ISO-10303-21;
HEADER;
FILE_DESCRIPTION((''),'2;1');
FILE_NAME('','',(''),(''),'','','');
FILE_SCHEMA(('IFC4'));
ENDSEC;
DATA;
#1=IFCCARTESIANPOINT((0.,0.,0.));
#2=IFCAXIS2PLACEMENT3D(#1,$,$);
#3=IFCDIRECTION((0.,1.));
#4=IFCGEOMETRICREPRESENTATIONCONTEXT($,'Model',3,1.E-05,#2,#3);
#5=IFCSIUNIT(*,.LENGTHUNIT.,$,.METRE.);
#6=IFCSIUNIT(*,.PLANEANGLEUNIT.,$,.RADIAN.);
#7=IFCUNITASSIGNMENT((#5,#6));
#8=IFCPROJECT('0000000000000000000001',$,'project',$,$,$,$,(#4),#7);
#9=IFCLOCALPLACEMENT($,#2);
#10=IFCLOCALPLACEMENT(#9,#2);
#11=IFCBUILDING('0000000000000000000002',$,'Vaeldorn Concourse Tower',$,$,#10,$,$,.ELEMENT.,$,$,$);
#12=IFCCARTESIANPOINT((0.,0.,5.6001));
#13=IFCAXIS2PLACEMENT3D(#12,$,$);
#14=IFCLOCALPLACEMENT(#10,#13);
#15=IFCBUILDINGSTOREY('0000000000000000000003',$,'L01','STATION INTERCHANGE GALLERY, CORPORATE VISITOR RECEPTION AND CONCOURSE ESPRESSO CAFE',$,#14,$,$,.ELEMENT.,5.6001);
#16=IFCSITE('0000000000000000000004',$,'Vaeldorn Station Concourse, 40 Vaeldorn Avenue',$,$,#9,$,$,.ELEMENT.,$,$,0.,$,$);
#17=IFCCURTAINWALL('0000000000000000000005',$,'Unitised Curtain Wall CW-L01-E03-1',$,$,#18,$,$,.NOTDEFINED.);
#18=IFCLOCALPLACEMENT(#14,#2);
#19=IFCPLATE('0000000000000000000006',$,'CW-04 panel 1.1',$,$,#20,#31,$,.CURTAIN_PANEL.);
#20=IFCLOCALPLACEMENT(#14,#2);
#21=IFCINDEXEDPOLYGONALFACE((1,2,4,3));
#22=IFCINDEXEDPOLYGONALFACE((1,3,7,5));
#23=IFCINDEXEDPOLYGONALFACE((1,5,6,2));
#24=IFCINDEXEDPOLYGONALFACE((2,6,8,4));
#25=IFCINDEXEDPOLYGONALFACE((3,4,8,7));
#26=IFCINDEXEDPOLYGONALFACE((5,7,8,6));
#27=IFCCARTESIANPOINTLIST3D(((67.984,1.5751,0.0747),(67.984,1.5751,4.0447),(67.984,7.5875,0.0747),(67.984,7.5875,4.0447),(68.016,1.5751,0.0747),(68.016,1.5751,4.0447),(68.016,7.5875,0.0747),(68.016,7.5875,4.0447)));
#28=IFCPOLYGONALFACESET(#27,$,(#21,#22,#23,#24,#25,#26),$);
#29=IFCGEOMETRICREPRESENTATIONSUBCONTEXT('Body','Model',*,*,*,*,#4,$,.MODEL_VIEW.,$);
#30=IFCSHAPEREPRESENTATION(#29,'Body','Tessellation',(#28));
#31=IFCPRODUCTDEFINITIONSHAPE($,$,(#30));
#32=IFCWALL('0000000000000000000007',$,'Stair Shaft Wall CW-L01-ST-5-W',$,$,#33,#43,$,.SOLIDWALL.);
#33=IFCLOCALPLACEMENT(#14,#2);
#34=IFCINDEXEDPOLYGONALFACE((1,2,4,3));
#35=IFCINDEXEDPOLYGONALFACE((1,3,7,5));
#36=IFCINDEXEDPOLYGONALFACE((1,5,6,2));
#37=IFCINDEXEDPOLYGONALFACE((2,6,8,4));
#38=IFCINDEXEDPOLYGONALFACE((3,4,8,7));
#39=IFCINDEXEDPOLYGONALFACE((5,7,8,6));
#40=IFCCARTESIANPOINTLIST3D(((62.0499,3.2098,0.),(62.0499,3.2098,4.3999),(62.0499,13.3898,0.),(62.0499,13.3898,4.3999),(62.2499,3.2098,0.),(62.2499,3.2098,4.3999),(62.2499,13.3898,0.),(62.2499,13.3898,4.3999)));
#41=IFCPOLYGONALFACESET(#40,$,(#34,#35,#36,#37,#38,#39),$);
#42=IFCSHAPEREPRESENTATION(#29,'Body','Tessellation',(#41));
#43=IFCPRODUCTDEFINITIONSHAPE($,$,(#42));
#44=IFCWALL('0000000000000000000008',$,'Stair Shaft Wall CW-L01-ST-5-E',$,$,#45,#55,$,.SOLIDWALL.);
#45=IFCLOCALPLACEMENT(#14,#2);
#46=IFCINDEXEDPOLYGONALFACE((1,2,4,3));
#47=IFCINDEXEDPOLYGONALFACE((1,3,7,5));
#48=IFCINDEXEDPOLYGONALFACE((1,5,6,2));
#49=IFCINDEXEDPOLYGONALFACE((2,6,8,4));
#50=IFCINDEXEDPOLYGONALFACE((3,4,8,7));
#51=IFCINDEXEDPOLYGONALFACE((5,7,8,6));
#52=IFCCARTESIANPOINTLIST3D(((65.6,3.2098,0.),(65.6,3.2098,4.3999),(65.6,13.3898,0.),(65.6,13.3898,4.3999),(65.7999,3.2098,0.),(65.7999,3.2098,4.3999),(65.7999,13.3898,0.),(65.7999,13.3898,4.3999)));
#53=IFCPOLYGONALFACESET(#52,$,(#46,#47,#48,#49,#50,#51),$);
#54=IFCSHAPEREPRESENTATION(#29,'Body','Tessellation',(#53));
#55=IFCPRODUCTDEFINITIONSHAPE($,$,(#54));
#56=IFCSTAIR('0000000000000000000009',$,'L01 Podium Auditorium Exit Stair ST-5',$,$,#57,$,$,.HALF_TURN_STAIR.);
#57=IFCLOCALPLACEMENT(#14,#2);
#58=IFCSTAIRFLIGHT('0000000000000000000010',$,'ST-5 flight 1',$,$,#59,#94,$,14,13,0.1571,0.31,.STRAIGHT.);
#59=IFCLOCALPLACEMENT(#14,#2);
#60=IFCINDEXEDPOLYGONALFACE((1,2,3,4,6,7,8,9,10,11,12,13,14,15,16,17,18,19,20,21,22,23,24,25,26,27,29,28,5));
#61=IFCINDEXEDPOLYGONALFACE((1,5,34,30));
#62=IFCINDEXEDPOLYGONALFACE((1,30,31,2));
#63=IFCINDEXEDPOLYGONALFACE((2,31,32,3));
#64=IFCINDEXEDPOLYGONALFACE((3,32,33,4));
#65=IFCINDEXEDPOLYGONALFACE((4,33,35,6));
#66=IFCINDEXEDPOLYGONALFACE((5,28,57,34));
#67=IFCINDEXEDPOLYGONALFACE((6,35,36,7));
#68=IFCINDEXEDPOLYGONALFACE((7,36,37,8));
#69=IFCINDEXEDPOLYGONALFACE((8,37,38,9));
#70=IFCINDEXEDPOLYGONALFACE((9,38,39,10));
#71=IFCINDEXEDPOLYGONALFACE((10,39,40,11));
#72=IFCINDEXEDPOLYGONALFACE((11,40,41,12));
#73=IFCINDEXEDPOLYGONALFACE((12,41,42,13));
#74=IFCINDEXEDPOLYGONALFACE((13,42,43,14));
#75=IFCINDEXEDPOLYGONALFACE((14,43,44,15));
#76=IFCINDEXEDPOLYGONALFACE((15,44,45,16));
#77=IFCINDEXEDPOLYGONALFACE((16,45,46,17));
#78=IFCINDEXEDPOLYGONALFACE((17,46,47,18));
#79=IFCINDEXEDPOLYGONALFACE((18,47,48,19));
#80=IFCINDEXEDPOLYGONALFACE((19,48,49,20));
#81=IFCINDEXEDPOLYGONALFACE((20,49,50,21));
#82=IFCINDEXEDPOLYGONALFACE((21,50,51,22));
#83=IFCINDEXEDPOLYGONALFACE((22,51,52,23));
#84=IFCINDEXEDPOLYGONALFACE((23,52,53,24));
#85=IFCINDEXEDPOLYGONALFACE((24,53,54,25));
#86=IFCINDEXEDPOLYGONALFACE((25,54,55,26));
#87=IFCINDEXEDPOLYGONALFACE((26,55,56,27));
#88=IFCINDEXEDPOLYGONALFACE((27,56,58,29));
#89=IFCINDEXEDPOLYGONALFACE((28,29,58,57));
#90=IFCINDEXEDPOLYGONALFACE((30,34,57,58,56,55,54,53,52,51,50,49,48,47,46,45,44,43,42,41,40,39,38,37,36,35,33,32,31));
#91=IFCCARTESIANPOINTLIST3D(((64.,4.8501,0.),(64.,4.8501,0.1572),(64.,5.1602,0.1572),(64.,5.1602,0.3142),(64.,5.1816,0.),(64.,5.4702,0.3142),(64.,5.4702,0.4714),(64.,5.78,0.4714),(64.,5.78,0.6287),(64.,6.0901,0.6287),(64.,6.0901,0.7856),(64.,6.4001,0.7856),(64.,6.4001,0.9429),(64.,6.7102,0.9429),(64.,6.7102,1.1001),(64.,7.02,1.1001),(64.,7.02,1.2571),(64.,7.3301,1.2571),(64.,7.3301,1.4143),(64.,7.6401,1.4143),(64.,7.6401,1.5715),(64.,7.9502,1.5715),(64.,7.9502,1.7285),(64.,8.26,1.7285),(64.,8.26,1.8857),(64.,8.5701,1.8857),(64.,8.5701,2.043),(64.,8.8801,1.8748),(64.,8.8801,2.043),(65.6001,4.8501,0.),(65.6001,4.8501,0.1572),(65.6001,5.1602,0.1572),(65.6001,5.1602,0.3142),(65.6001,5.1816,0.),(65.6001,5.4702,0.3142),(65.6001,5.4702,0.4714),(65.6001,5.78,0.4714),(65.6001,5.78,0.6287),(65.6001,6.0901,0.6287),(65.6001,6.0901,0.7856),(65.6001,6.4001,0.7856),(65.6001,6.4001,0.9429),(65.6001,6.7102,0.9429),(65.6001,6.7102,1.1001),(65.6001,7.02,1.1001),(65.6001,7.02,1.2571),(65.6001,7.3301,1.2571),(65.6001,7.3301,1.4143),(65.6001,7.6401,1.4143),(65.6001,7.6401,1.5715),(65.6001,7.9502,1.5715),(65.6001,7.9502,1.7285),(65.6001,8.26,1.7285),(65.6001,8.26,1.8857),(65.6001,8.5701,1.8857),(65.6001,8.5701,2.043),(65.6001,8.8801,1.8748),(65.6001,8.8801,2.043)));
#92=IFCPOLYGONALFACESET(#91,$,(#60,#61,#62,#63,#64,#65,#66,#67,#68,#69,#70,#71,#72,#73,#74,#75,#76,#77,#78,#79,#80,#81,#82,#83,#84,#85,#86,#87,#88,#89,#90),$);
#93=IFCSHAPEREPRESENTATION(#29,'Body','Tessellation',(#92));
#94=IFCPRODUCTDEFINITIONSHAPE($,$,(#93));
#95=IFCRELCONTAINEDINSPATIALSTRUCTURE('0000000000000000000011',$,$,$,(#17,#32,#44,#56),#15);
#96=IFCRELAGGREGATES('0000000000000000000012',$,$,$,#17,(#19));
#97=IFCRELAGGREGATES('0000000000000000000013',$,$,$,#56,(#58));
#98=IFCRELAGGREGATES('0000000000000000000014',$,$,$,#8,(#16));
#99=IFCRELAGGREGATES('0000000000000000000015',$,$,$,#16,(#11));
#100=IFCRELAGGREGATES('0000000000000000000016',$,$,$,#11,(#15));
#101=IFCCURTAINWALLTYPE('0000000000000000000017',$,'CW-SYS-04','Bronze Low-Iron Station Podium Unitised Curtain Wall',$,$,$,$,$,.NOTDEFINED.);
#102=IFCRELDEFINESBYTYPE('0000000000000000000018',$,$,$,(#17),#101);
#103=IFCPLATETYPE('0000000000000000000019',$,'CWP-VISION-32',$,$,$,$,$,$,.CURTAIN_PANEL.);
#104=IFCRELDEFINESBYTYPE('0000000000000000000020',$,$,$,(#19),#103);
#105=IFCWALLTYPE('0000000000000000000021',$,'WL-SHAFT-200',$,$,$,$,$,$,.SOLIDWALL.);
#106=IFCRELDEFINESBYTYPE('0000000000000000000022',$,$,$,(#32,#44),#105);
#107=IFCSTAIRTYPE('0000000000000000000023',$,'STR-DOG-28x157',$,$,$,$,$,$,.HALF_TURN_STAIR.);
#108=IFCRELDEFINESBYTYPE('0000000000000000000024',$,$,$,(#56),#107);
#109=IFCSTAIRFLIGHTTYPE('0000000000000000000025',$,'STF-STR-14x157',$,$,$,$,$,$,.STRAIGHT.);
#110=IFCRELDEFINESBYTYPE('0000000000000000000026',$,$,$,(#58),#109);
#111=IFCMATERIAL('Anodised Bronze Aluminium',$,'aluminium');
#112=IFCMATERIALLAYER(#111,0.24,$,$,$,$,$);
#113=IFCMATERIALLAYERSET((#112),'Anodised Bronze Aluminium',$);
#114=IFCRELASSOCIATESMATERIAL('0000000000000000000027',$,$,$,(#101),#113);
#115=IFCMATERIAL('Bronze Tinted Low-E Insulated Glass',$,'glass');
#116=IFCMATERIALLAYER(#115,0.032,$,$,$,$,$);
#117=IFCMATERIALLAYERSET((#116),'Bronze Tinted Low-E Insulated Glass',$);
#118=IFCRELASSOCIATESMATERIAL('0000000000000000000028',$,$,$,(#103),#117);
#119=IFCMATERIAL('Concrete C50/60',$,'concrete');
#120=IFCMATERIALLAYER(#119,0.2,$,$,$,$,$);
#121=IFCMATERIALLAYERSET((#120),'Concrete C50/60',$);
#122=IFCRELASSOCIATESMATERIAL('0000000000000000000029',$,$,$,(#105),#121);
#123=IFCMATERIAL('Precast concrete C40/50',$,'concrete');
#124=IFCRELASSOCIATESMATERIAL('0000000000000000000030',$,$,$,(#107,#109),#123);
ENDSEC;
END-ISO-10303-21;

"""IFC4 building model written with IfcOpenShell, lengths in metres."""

from ifc_helpers import new_model, si_unit, direction, frame, frame_2d, origin, origin_2d, place, context, subcontext, project, spatial, polyline, rectangle, outline, extrude, source, transform, mapped, material, layer, layer_set, type_object, element, aggregate, save


model = new_model("IFC4")

# Units and contexts
model_context = context("Model", 3, precision=1e-05, world=origin(), true_north=direction((0.0, 1.0)))
body_context = subcontext(model_context, "Body", "Model", "MODEL_VIEW")
ifc_project = project(units=[si_unit("LENGTHUNIT", "METRE"), si_unit("PLANEANGLEUNIT", "RADIAN")], contexts=[model_context])

# Site, building, storey
site_placement = place(None, origin())
site = spatial("IfcSite", under=ifc_project, at=site_placement, Name="Vaeldorn Station Concourse, 40 Vaeldorn Avenue", CompositionType="ELEMENT", RefElevation=0.0)
building_placement = place(site_placement, origin())
building = spatial("IfcBuilding", under=site, at=building_placement, Name="Vaeldorn Concourse Tower", CompositionType="ELEMENT")
storey_placement = place(building_placement, frame((0.0, 0.0, 5.6001)))
storey = spatial("IfcBuildingStorey", under=building, at=storey_placement, Name="L01", Description="STATION INTERCHANGE GALLERY, CORPORATE VISITOR RECEPTION AND CONCOURSE ESPRESSO CAFE", CompositionType="ELEMENT", Elevation=5.6001)

# Curtain wall
ifc_material_1 = material(Name="Anodised Bronze Aluminium", Category="aluminium")
ifc_layer_1 = layer(ifc_material_1, 0.24)
ifc_layer_set_1 = layer_set([ifc_layer_1], Name="Anodised Bronze Aluminium")
curtain_wall_type = type_object("IfcCurtainWallType", Name="CW-SYS-04", Description="Bronze Low-Iron Station Podium Unitised Curtain Wall", PredefinedType="NOTDEFINED", material=ifc_layer_set_1)
curtain_wall_1_placement = place(storey_placement, origin())
curtain_wall_1 = element("IfcCurtainWall", 1, at=curtain_wall_1_placement, inside=storey, type_object=curtain_wall_type, Name="Unitised Curtain Wall CW-L01-E03-1", PredefinedType="NOTDEFINED")

# Plate
ifc_material_2 = material(Name="Bronze Tinted Low-E Insulated Glass", Category="glass")
ifc_layer_2 = layer(ifc_material_2, 0.032)
ifc_layer_set_2 = layer_set([ifc_layer_2], Name="Bronze Tinted Low-E Insulated Glass")
plate_type = type_object("IfcPlateType", Name="CWP-VISION-32", PredefinedType="CURTAIN_PANEL", material=ifc_layer_set_2)
shared_shape_1 = source(origin(), body_context, "Body", "SweptSolid", [
    extrude(rectangle(XDim=6.0125, YDim=0.032, at=origin_2d()), origin(), (0.0, 0.0, 1.0), 3.97),
])
plate_1_placement = place(storey_placement, frame((68.0, 4.5813, 0.0747), z_axis=(0.0, 0.0, 1.0), x_axis=(0.0, 1.0, 0.0)))
plate_1 = element("IfcPlate", 2, at=plate_1_placement, type_object=plate_type, Name="CW-04 panel 1.1", PredefinedType="CURTAIN_PANEL", context=body_context, shape_type="MappedRepresentation", body=[
    mapped(shared_shape_1, transform((0.0, 0.0, 0.0), scale=1.0)),
])
aggregate(curtain_wall_1, [plate_1])

# Shared definitions
ifc_material_3 = material(Name="Concrete C50/60", Category="concrete")
ifc_layer_3 = layer(ifc_material_3, 0.2)
ifc_layer_set_3 = layer_set([ifc_layer_3], Name="Concrete C50/60")
wall_type = type_object("IfcWallType", Name="WL-SHAFT-200", PredefinedType="SOLIDWALL", material=ifc_layer_set_3)

# Walls
for number, where, z_axis, x_axis, name in (
    (3, (62.1499, 3.21, 0.0), (0.0, 0.0, 1.0), (0.0, 1.0, 0.0), "Stair Shaft Wall CW-L01-ST-5-W"),
    (4, (65.7, 3.21, 0.0), (0.0, 0.0, 1.0), (0.0, 1.0, 0.0), "Stair Shaft Wall CW-L01-ST-5-E"),
):
    element("IfcWall", number, at=place(storey_placement, frame(where, z_axis=z_axis, x_axis=x_axis)), inside=storey, type_object=wall_type, Name=name, PredefinedType="SOLIDWALL", context=body_context, shape_type="SweptSolid", body=[
        extrude(rectangle(XDim=10.1799, YDim=0.2, at=frame_2d((5.0898, 0.0))), origin(), (0.0, 0.0, 1.0), 4.3999),
    ])

# Stair, stair flight
ifc_material_4 = material(Name="Precast concrete C40/50", Category="concrete")
stair_type = type_object("IfcStairType", Name="STR-DOG-28x157", PredefinedType="HALF_TURN_STAIR", material=ifc_material_4)
stair_placement = place(storey_placement, origin())
stair = element("IfcStair", 5, at=stair_placement, inside=storey, type_object=stair_type, Name="L01 Podium Auditorium Exit Stair ST-5", PredefinedType="HALF_TURN_STAIR")
stair_flight_type = type_object("IfcStairFlightType", Name="STF-STR-14x157", PredefinedType="STRAIGHT", material=ifc_material_4)
stair_flight_placement = place(storey_placement, frame((64.8, 4.8501, 0.0), z_axis=(0.0, 0.0, 1.0), x_axis=(0.0, 1.0, 0.0)))
stair_flight = element("IfcStairFlight", 6, at=stair_flight_placement, type_object=stair_flight_type, Name="ST-5 flight 1", NumberOfRisers=14, NumberOfTreads=13, PredefinedType="STRAIGHT", RiserHeight=0.1571, TreadLength=0.31, context=body_context, shape_type="SweptSolid", body=[
    extrude(outline(polyline([(0.0, 0.0), (0.0, 0.1572), (0.3101, 0.1572), (0.3101, 0.3142), (0.6201, 0.3142), (0.6201, 0.4714), (0.9299, 0.4714), (0.9299, 0.6287), (1.24, 0.6287), (1.24, 0.7856), (1.55, 0.7856), (1.55, 0.9429), (1.8601, 0.9429), (1.8601, 1.1001), (2.1699, 1.1001), (2.1699, 1.2571), (2.48, 1.2571), (2.48, 1.4143), (2.79, 1.4143), (2.79, 1.5715), (3.1001, 1.5715), (3.1001, 1.7285), (3.4099, 1.7285), (3.4099, 1.8857), (3.72, 1.8857), (3.72, 2.043), (4.03, 2.043), (4.03, 2.2), (4.03, 1.8748), (0.3315, 0.0), (0.0, 0.0)])), frame((0.0, 0.8, 0.0), z_axis=(0.0, -1.0, 0.0), x_axis=(1.0, 0.0, 0.0)), (0.0, 0.0, 1.0), 1.6001),
])
aggregate(stair, [stair_flight])

save(model, "model.ifc")
